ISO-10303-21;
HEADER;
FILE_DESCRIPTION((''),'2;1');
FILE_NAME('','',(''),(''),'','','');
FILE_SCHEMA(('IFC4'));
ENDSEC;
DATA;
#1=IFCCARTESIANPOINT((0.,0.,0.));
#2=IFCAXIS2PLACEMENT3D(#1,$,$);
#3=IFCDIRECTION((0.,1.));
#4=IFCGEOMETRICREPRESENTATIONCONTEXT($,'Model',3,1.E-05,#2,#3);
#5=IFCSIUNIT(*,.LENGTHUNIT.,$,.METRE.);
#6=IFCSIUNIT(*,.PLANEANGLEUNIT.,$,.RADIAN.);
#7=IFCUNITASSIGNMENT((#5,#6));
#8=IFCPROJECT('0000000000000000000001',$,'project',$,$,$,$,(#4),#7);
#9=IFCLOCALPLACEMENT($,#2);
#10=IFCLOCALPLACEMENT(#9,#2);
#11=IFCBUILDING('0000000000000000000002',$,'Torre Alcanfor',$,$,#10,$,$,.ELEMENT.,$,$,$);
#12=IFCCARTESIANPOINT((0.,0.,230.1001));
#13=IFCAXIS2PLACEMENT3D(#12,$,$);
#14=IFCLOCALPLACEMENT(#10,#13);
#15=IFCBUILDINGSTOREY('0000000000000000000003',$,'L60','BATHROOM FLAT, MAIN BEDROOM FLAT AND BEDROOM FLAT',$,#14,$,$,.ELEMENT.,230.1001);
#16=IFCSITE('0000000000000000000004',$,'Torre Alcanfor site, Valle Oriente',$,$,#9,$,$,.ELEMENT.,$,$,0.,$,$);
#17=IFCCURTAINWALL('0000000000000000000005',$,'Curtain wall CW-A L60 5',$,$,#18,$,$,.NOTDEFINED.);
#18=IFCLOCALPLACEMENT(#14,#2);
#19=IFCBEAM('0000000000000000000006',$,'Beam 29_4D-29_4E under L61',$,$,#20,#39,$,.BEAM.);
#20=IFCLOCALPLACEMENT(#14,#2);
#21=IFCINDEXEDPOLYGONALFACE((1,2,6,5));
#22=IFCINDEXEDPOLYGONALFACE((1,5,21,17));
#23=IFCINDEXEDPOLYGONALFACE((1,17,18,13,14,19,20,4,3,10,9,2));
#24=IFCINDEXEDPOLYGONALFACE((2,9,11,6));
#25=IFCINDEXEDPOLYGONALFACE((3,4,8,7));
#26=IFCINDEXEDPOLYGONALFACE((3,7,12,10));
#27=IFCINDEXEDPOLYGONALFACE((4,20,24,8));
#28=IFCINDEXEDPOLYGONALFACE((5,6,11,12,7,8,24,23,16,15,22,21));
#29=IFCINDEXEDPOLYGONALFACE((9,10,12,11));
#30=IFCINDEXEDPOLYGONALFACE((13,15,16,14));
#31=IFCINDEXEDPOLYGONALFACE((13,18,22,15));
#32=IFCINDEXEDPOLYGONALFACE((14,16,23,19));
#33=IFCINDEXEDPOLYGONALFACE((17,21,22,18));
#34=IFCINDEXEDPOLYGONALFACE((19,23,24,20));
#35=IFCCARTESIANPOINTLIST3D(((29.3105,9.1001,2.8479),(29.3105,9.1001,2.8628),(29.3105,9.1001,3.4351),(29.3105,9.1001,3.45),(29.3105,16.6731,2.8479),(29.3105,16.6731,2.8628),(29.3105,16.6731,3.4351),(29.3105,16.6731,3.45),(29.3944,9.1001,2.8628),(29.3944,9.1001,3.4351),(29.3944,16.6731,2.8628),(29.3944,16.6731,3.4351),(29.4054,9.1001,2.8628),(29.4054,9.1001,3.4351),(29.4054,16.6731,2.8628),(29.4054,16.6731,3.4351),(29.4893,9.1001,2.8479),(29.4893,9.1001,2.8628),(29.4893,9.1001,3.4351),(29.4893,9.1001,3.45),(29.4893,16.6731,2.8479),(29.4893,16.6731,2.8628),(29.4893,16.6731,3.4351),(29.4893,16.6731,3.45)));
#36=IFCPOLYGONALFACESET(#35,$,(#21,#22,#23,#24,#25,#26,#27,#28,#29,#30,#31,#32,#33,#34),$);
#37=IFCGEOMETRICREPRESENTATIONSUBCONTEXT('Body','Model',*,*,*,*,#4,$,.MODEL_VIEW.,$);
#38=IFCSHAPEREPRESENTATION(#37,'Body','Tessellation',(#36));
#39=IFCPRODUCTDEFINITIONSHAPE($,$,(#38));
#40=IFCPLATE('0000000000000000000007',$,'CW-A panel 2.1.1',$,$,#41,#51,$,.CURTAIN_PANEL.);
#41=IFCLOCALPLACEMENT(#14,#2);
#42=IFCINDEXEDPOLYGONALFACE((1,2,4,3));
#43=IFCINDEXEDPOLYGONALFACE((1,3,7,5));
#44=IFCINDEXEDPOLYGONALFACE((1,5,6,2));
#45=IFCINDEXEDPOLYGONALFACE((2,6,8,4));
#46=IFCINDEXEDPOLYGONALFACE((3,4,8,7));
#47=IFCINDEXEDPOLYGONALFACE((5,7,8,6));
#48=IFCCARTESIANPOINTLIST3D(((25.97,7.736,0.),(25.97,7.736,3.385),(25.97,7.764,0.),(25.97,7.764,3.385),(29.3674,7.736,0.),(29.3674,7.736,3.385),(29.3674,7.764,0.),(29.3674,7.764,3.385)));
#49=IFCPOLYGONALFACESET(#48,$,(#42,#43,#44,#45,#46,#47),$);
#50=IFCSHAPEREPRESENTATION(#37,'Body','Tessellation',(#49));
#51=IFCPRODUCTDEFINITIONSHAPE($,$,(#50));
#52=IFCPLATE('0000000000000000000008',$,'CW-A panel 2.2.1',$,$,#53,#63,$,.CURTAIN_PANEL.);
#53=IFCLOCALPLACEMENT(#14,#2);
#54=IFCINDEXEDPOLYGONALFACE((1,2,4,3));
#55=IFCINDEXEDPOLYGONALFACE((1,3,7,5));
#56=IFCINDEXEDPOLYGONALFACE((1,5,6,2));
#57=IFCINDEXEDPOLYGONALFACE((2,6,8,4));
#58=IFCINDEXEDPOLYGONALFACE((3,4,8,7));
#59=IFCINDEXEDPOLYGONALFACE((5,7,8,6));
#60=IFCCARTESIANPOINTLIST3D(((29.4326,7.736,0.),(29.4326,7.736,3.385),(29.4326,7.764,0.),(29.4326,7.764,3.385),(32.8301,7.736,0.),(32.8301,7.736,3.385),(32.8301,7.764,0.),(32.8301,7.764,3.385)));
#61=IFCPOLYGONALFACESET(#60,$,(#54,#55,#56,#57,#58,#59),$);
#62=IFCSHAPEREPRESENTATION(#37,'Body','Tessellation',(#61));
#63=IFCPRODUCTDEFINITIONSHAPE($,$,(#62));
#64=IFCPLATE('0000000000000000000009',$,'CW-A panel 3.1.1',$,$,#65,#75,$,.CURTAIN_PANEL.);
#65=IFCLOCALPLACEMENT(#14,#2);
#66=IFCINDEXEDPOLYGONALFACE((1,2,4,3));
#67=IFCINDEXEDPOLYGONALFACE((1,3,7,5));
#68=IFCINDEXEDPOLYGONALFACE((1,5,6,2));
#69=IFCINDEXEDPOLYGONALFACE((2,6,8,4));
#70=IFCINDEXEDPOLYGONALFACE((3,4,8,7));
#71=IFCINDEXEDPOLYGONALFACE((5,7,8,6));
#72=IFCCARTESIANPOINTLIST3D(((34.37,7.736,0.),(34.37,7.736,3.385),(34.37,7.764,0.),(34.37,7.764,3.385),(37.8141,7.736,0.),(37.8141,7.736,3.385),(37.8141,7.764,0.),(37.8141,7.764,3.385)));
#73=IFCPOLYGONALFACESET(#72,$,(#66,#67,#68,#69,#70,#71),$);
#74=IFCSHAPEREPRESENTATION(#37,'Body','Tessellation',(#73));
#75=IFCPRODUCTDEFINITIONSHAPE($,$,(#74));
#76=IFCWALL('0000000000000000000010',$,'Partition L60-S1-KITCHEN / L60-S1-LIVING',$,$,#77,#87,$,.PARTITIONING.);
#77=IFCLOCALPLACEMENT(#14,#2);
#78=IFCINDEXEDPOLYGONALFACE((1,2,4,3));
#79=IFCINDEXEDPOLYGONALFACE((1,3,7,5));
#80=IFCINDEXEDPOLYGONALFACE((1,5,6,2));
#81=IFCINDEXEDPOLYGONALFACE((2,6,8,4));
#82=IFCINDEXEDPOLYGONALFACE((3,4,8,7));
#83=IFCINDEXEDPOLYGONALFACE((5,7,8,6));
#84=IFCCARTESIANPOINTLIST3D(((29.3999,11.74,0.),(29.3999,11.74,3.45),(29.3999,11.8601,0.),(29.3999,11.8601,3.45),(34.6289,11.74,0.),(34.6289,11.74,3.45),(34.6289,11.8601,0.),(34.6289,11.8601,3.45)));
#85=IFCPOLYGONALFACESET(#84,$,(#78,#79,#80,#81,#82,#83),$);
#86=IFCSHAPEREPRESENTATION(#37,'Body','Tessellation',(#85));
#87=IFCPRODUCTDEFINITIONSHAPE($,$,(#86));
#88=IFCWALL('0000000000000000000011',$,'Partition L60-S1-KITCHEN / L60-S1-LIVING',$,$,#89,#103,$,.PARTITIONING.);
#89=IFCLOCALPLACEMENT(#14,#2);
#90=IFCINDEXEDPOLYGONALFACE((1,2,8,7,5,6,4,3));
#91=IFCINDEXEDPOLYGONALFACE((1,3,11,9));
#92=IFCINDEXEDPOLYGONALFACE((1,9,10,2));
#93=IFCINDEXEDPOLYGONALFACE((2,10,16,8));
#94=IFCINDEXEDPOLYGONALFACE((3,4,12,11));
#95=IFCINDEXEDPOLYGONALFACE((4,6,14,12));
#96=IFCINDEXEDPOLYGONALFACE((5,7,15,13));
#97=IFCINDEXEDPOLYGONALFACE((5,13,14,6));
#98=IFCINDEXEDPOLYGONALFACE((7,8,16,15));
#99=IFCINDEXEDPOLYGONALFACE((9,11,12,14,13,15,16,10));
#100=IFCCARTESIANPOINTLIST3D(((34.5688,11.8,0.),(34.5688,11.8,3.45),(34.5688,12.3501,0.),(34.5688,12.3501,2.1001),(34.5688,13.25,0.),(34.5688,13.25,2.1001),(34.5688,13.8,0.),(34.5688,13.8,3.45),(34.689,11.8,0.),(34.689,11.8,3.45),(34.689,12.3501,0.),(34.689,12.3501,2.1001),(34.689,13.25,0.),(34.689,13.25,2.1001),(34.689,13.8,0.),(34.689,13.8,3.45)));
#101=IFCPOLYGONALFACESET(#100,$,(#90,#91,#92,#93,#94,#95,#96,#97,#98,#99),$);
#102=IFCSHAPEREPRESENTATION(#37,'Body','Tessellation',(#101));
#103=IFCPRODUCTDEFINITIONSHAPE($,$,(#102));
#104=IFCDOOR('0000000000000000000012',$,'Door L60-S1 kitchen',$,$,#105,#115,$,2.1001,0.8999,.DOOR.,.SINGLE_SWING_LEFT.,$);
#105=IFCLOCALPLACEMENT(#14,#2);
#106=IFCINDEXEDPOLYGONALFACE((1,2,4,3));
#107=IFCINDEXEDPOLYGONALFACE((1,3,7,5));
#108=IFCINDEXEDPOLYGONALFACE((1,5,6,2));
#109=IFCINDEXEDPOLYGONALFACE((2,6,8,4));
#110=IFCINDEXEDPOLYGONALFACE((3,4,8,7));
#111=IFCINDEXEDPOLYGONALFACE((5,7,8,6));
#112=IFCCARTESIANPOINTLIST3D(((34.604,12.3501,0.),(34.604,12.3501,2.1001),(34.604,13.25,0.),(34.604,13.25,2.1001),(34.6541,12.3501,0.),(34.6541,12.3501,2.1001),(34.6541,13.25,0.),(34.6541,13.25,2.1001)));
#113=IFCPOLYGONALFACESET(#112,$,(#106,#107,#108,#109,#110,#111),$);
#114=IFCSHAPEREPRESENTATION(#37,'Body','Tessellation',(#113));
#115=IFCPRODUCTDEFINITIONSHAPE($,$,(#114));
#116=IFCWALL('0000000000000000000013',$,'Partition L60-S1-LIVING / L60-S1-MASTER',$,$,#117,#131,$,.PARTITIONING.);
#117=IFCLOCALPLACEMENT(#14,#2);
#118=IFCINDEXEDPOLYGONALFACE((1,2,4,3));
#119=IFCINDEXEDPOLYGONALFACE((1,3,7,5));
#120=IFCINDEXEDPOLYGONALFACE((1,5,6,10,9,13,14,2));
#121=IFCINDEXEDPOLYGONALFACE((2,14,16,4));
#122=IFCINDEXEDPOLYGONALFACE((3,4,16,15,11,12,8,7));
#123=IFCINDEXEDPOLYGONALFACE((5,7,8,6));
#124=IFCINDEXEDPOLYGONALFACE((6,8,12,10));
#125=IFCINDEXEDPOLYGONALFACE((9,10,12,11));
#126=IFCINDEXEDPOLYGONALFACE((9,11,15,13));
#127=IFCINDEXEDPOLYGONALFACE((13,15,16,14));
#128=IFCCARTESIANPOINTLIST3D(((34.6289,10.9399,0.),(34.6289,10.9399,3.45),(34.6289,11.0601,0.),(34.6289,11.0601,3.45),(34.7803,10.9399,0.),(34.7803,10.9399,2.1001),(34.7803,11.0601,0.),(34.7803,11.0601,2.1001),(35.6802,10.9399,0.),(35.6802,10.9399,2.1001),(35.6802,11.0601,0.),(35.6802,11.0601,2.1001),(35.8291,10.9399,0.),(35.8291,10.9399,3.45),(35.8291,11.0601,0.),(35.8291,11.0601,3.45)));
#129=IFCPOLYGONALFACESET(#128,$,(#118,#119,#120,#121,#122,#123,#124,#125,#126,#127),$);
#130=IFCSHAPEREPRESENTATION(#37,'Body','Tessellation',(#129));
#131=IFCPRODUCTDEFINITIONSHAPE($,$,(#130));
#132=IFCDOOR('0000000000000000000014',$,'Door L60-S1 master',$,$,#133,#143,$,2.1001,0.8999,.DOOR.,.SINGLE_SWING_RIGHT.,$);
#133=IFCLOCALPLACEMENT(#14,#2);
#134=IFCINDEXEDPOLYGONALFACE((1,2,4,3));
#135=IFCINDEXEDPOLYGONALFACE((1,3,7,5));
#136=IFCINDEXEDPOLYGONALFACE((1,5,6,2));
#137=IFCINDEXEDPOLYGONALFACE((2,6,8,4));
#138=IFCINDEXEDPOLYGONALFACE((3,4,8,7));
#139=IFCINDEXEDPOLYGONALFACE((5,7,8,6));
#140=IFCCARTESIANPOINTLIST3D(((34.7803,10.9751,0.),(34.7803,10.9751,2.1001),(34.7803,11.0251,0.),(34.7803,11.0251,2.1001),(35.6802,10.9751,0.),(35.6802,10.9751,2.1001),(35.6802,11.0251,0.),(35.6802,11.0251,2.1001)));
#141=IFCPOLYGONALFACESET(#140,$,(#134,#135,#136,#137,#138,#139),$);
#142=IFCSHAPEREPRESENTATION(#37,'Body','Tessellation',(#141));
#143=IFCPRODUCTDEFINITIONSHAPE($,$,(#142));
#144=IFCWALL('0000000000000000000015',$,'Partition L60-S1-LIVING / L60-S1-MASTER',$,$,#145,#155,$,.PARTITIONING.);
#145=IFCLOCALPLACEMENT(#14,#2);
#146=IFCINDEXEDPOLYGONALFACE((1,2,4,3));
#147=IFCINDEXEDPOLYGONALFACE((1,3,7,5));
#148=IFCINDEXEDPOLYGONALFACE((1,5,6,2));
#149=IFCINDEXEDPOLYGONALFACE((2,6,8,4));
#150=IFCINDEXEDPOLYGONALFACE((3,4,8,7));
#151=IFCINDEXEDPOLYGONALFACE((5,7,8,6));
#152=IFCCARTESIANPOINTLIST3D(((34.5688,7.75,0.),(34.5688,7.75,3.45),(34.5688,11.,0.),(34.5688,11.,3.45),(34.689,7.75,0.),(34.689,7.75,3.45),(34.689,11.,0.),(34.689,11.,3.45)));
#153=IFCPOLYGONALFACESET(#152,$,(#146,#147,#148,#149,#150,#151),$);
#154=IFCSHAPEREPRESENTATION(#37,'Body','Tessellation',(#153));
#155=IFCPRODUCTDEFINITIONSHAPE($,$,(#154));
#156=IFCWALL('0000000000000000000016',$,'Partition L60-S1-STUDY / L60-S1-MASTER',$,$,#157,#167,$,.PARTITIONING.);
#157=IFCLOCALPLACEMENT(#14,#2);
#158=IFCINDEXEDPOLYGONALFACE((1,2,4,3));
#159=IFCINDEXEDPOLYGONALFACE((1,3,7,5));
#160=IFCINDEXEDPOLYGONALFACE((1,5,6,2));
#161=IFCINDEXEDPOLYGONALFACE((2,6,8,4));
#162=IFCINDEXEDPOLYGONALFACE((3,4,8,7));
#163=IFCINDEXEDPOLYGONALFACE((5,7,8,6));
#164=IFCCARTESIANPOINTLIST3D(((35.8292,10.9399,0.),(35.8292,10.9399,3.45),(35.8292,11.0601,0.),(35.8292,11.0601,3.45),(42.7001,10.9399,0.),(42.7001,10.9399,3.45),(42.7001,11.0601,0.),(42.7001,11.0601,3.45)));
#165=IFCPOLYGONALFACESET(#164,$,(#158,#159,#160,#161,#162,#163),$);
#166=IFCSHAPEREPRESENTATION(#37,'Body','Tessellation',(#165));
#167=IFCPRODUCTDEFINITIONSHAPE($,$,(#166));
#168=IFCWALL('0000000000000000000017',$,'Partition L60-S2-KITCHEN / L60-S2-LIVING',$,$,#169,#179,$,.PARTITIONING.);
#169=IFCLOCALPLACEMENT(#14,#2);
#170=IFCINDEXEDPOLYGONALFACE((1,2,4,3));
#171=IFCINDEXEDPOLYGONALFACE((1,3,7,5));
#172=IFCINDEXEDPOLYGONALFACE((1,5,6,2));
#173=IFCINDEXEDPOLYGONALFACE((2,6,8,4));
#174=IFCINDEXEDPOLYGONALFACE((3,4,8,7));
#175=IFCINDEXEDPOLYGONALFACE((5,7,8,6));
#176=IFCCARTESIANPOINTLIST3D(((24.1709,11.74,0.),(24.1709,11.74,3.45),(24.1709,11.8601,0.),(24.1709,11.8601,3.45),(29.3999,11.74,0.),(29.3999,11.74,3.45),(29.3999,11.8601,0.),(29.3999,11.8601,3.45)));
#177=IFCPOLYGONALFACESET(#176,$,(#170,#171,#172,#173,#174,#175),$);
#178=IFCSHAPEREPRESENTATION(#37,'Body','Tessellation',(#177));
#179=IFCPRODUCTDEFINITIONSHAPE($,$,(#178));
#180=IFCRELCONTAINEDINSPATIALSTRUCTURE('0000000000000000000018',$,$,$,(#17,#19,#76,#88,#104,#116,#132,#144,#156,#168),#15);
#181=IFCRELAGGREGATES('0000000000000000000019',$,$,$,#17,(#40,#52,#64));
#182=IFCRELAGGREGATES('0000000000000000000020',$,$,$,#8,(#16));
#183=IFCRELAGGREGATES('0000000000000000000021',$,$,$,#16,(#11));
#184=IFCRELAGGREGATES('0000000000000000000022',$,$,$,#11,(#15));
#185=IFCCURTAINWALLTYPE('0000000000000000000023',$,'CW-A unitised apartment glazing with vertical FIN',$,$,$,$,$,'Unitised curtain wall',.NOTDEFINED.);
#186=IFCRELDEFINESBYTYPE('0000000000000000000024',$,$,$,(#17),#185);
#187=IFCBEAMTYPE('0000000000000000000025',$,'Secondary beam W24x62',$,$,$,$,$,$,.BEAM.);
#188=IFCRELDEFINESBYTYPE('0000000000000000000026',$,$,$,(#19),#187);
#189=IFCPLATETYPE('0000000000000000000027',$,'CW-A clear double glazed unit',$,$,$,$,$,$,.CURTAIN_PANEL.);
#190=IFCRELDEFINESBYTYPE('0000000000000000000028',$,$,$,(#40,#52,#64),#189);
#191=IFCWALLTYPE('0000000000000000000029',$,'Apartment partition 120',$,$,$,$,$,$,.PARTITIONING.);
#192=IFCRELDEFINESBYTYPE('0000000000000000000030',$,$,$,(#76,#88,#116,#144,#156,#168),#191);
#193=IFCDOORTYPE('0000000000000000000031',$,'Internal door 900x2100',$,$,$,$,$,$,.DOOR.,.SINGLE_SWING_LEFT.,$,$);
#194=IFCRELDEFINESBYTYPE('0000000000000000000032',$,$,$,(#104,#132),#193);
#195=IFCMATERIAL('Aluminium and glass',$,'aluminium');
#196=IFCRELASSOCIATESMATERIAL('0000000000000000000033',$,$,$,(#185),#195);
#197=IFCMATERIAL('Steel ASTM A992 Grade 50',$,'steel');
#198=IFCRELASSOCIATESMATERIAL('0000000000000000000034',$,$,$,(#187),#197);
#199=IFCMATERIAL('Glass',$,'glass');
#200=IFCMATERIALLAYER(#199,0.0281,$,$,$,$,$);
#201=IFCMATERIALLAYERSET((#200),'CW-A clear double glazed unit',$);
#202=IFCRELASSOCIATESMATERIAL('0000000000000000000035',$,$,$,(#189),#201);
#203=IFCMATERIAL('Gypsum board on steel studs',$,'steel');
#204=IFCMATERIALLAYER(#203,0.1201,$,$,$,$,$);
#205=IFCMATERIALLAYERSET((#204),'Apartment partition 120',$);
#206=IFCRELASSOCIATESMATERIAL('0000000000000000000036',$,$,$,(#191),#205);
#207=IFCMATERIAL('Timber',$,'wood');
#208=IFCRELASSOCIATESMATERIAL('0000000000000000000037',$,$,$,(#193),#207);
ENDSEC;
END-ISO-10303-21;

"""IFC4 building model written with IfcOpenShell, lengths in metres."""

from ifc_helpers import new_model, si_unit, direction, frame, frame_2d, origin, origin_2d, place, context, subcontext, project, spatial, rectangle, i_section, extrude, material, layer, layer_set, material_profile, profile_set, type_object, element, fill, aggregate, save


model = new_model("IFC4")

# Units and contexts
model_context = context("Model", 3, precision=1e-05, world=origin(), true_north=direction((0.0, 1.0)))
body_context = subcontext(model_context, "Body", "Model", "MODEL_VIEW")
ifc_project = project(units=[si_unit("LENGTHUNIT", "METRE"), si_unit("PLANEANGLEUNIT", "RADIAN")], contexts=[model_context])

# Site, building, storey
site_placement = place(None, origin())
site = spatial("IfcSite", under=ifc_project, at=site_placement, Name="Torre Alcanfor site, Valle Oriente", CompositionType="ELEMENT", RefElevation=0.0)
building_placement = place(site_placement, origin())
building = spatial("IfcBuilding", under=site, at=building_placement, Name="Torre Alcanfor", CompositionType="ELEMENT")
storey_placement = place(building_placement, frame((0.0, 0.0, 230.1001)))
storey = spatial("IfcBuildingStorey", under=building, at=storey_placement, Name="L60", Description="BATHROOM FLAT, MAIN BEDROOM FLAT AND BEDROOM FLAT", CompositionType="ELEMENT", Elevation=230.1001)

# Curtain wall
ifc_material_1 = material(Name="Aluminium and glass", Category="aluminium")
curtain_wall_type = type_object("IfcCurtainWallType", Name="CW-A unitised apartment glazing with vertical FIN", ElementType="Unitised curtain wall", PredefinedType="NOTDEFINED", material=ifc_material_1)
curtain_wall_placement = place(storey_placement, origin())
curtain_wall = element("IfcCurtainWall", 1, at=curtain_wall_placement, inside=storey, type_object=curtain_wall_type, Name="Curtain wall CW-A L60 5", PredefinedType="NOTDEFINED")

# Beam
ifc_material_2 = material(Name="Steel ASTM A992 Grade 50", Category="steel")
ifc_material_profile_1 = material_profile(ifc_material_2, i_section(OverallWidth=0.1787, OverallDepth=0.6021, WebThickness=0.011, FlangeThickness=0.0149, at=origin_2d()), Name="W24x62")
ifc_profile_set_1 = profile_set([ifc_material_profile_1], Name="Steel ASTM A992 Grade 50")
beam_type_1 = type_object("IfcBeamType", Name="Secondary beam W24x62", PredefinedType="BEAM", material=ifc_profile_set_1)
beam_1_placement = place(storey_placement, frame((29.3999, 9.1001, 3.1489), z_axis=(0.0, 1.0, 0.0), x_axis=(-1.0, 0.0, 0.0)))
element("IfcBeam", 2, at=beam_1_placement, inside=storey, type_object=beam_type_1, Name="Beam 29_4D-29_4E under L61", PredefinedType="BEAM", context=body_context, shape_type="SweptSolid", body=[
    extrude(i_section(OverallWidth=0.1787, OverallDepth=0.6021, WebThickness=0.011, FlangeThickness=0.0149, at=origin_2d()), origin(), (0.0, 0.0, 1.0), 7.573),
])

# Plates
ifc_material_3 = material(Name="Glass", Category="glass")
ifc_layer_1 = layer(ifc_material_3, 0.0281)
ifc_layer_set_1 = layer_set([ifc_layer_1], Name="CW-A clear double glazed unit")
plate_type = type_object("IfcPlateType", Name="CW-A clear double glazed unit", PredefinedType="CURTAIN_PANEL", material=ifc_layer_set_1)
plate_1_placement = place(storey_placement, frame((27.6687, 7.75, 0.0), z_axis=(0.0, 0.0, 1.0), x_axis=(1.0, 0.0, 0.0)))
plate_1 = element("IfcPlate", 3, at=plate_1_placement, type_object=plate_type, Name="CW-A panel 2.1.1", PredefinedType="CURTAIN_PANEL", context=body_context, shape_type="SweptSolid", body=[
    extrude(rectangle(XDim=3.3975, YDim=0.0281, at=origin_2d()), origin(), (0.0, 0.0, 1.0), 3.385),
])
plate_2_placement = place(storey_placement, frame((31.1313, 7.75, 0.0), z_axis=(0.0, 0.0, 1.0), x_axis=(1.0, 0.0, 0.0)))
plate_2 = element("IfcPlate", 4, at=plate_2_placement, type_object=plate_type, Name="CW-A panel 2.2.1", PredefinedType="CURTAIN_PANEL", context=body_context, shape_type="SweptSolid", body=[
    extrude(rectangle(XDim=3.3975, YDim=0.0281, at=origin_2d()), origin(), (0.0, 0.0, 1.0), 3.385),
])
plate_3_placement = place(storey_placement, frame((36.092, 7.75, 0.0), z_axis=(0.0, 0.0, 1.0), x_axis=(1.0, 0.0, 0.0)))
plate_3 = element("IfcPlate", 5, at=plate_3_placement, type_object=plate_type, Name="CW-A panel 3.1.1", PredefinedType="CURTAIN_PANEL", context=body_context, shape_type="SweptSolid", body=[
    extrude(rectangle(XDim=3.4441, YDim=0.0281, at=origin_2d()), origin(), (0.0, 0.0, 1.0), 3.385),
])
aggregate(curtain_wall, [plate_1, plate_2, plate_3])

# Wall
ifc_material_4 = material(Name="Gypsum board on steel studs", Category="steel")
ifc_layer_2 = layer(ifc_material_4, 0.1201)
ifc_layer_set_2 = layer_set([ifc_layer_2], Name="Apartment partition 120")
wall_type_1 = type_object("IfcWallType", Name="Apartment partition 120", PredefinedType="PARTITIONING", material=ifc_layer_set_2)
wall_1_placement = place(storey_placement, frame((29.3999, 11.8, 0.0), z_axis=(0.0, 0.0, 1.0), x_axis=(1.0, 0.0, 0.0)))
element("IfcWall", 6, at=wall_1_placement, inside=storey, type_object=wall_type_1, Name="Partition L60-S1-KITCHEN / L60-S1-LIVING", PredefinedType="PARTITIONING", context=body_context, shape_type="SweptSolid", body=[
    extrude(rectangle(XDim=5.229, YDim=0.1201, at=frame_2d((2.6145, 0.0))), origin(), (0.0, 0.0, 1.0), 3.45),
])

# Walls, openings, doors
wall_2_placement = place(storey_placement, frame((34.6289, 11.8, 0.0), z_axis=(0.0, 0.0, 1.0), x_axis=(0.0, 1.0, 0.0)))
wall_2 = element("IfcWall", 7, at=wall_2_placement, inside=storey, type_object=wall_type_1, Name="Partition L60-S1-KITCHEN / L60-S1-LIVING", PredefinedType="PARTITIONING", context=body_context, shape_type="SweptSolid", body=[
    extrude(rectangle(XDim=2.0, YDim=0.1201, at=frame_2d((1.0, 0.0))), origin(), (0.0, 0.0, 1.0), 3.45),
])
opening_1_placement = place(wall_2_placement, frame((0.55, 0.0, 0.0)))
opening_1 = element("IfcOpeningElement", 8, at=opening_1_placement, cuts=wall_2, PredefinedType="OPENING", context=body_context, shape_type="SweptSolid", body=[
    extrude(rectangle(XDim=0.8999, YDim=2.1001, at=frame_2d((0.45, 1.05))), frame((0.0, 0.0701, 0.0), z_axis=(0.0, -1.0, 0.0), x_axis=(1.0, 0.0, 0.0)), (0.0, 0.0, 1.0), 0.1401),
])
ifc_material_5 = material(Name="Timber", Category="wood")
door_type = type_object("IfcDoorType", Name="Internal door 900x2100", OperationType="SINGLE_SWING_LEFT", PredefinedType="DOOR", material=ifc_material_5)
door_1_placement = place(opening_1_placement, origin())
door_1 = element("IfcDoor", 9, at=door_1_placement, inside=storey, type_object=door_type, Name="Door L60-S1 kitchen", OperationType="SINGLE_SWING_LEFT", OverallHeight=2.1001, OverallWidth=0.8999, PredefinedType="DOOR", context=body_context, shape_type="SweptSolid", body=[
    extrude(rectangle(XDim=0.8999, YDim=2.1001, at=frame_2d((0.45, 1.05))), frame((0.0, 0.0249, 0.0), z_axis=(0.0, -1.0, 0.0), x_axis=(1.0, 0.0, 0.0)), (0.0, 0.0, 1.0), 0.05),
])
fill(opening_1, door_1)
wall_3_placement = place(storey_placement, frame((35.8291, 11.0, 0.0), z_axis=(0.0, 0.0, 1.0), x_axis=(-1.0, 0.0, 0.0)))
wall_3 = element("IfcWall", 10, at=wall_3_placement, inside=storey, type_object=wall_type_1, Name="Partition L60-S1-LIVING / L60-S1-MASTER", PredefinedType="PARTITIONING", context=body_context, shape_type="SweptSolid", body=[
    extrude(rectangle(XDim=1.2002, YDim=0.1201, at=frame_2d((0.6001, 0.0))), origin(), (0.0, 0.0, 1.0), 3.45),
])
opening_2_placement = place(wall_3_placement, frame((0.1489, 0.0, 0.0)))
opening_2 = element("IfcOpeningElement", 11, at=opening_2_placement, cuts=wall_3, PredefinedType="OPENING", context=body_context, shape_type="SweptSolid", body=[
    extrude(rectangle(XDim=0.8999, YDim=2.1001, at=frame_2d((0.45, 1.05))), frame((0.0, 0.0701, 0.0), z_axis=(0.0, -1.0, 0.0), x_axis=(1.0, 0.0, 0.0)), (0.0, 0.0, 1.0), 0.1401),
])
door_2_placement = place(opening_2_placement, origin())
door_2 = element("IfcDoor", 12, at=door_2_placement, inside=storey, type_object=door_type, Name="Door L60-S1 master", OperationType="SINGLE_SWING_RIGHT", OverallHeight=2.1001, OverallWidth=0.8999, PredefinedType="DOOR", context=body_context, shape_type="SweptSolid", body=[
    extrude(rectangle(XDim=0.8999, YDim=2.1001, at=frame_2d((0.45, 1.05))), frame((0.0, 0.0249, 0.0), z_axis=(0.0, -1.0, 0.0), x_axis=(1.0, 0.0, 0.0)), (0.0, 0.0, 1.0), 0.05),
])
fill(opening_2, door_2)

# Walls
wall_4_placement = place(storey_placement, frame((34.6289, 11.0, 0.0), z_axis=(0.0, 0.0, 1.0), x_axis=(0.0, -1.0, 0.0)))
element("IfcWall", 13, at=wall_4_placement, inside=storey, type_object=wall_type_1, Name="Partition L60-S1-LIVING / L60-S1-MASTER", PredefinedType="PARTITIONING", context=body_context, shape_type="SweptSolid", body=[
    extrude(rectangle(XDim=3.25, YDim=0.1201, at=frame_2d((1.625, 0.0))), origin(), (0.0, 0.0, 1.0), 3.45),
])
wall_5_placement = place(storey_placement, frame((35.8291, 11.0, 0.0), z_axis=(0.0, 0.0, 1.0), x_axis=(1.0, 0.0, 0.0)))
element("IfcWall", 14, at=wall_5_placement, inside=storey, type_object=wall_type_1, Name="Partition L60-S1-STUDY / L60-S1-MASTER", PredefinedType="PARTITIONING", context=body_context, shape_type="SweptSolid", body=[
    extrude(rectangle(XDim=6.8708, YDim=0.1201, at=frame_2d((3.4355, 0.0))), origin(), (0.0, 0.0, 1.0), 3.45),
])
wall_6_placement = place(storey_placement, frame((29.3999, 11.8, 0.0), z_axis=(0.0, 0.0, 1.0), x_axis=(-1.0, 0.0, 0.0)))
element("IfcWall", 15, at=wall_6_placement, inside=storey, type_object=wall_type_1, Name="Partition L60-S2-KITCHEN / L60-S2-LIVING", PredefinedType="PARTITIONING", context=body_context, shape_type="SweptSolid", body=[
    extrude(rectangle(XDim=5.229, YDim=0.1201, at=frame_2d((2.6145, 0.0))), origin(), (0.0, 0.0, 1.0), 3.45),
])

save(model, "model.ifc")
